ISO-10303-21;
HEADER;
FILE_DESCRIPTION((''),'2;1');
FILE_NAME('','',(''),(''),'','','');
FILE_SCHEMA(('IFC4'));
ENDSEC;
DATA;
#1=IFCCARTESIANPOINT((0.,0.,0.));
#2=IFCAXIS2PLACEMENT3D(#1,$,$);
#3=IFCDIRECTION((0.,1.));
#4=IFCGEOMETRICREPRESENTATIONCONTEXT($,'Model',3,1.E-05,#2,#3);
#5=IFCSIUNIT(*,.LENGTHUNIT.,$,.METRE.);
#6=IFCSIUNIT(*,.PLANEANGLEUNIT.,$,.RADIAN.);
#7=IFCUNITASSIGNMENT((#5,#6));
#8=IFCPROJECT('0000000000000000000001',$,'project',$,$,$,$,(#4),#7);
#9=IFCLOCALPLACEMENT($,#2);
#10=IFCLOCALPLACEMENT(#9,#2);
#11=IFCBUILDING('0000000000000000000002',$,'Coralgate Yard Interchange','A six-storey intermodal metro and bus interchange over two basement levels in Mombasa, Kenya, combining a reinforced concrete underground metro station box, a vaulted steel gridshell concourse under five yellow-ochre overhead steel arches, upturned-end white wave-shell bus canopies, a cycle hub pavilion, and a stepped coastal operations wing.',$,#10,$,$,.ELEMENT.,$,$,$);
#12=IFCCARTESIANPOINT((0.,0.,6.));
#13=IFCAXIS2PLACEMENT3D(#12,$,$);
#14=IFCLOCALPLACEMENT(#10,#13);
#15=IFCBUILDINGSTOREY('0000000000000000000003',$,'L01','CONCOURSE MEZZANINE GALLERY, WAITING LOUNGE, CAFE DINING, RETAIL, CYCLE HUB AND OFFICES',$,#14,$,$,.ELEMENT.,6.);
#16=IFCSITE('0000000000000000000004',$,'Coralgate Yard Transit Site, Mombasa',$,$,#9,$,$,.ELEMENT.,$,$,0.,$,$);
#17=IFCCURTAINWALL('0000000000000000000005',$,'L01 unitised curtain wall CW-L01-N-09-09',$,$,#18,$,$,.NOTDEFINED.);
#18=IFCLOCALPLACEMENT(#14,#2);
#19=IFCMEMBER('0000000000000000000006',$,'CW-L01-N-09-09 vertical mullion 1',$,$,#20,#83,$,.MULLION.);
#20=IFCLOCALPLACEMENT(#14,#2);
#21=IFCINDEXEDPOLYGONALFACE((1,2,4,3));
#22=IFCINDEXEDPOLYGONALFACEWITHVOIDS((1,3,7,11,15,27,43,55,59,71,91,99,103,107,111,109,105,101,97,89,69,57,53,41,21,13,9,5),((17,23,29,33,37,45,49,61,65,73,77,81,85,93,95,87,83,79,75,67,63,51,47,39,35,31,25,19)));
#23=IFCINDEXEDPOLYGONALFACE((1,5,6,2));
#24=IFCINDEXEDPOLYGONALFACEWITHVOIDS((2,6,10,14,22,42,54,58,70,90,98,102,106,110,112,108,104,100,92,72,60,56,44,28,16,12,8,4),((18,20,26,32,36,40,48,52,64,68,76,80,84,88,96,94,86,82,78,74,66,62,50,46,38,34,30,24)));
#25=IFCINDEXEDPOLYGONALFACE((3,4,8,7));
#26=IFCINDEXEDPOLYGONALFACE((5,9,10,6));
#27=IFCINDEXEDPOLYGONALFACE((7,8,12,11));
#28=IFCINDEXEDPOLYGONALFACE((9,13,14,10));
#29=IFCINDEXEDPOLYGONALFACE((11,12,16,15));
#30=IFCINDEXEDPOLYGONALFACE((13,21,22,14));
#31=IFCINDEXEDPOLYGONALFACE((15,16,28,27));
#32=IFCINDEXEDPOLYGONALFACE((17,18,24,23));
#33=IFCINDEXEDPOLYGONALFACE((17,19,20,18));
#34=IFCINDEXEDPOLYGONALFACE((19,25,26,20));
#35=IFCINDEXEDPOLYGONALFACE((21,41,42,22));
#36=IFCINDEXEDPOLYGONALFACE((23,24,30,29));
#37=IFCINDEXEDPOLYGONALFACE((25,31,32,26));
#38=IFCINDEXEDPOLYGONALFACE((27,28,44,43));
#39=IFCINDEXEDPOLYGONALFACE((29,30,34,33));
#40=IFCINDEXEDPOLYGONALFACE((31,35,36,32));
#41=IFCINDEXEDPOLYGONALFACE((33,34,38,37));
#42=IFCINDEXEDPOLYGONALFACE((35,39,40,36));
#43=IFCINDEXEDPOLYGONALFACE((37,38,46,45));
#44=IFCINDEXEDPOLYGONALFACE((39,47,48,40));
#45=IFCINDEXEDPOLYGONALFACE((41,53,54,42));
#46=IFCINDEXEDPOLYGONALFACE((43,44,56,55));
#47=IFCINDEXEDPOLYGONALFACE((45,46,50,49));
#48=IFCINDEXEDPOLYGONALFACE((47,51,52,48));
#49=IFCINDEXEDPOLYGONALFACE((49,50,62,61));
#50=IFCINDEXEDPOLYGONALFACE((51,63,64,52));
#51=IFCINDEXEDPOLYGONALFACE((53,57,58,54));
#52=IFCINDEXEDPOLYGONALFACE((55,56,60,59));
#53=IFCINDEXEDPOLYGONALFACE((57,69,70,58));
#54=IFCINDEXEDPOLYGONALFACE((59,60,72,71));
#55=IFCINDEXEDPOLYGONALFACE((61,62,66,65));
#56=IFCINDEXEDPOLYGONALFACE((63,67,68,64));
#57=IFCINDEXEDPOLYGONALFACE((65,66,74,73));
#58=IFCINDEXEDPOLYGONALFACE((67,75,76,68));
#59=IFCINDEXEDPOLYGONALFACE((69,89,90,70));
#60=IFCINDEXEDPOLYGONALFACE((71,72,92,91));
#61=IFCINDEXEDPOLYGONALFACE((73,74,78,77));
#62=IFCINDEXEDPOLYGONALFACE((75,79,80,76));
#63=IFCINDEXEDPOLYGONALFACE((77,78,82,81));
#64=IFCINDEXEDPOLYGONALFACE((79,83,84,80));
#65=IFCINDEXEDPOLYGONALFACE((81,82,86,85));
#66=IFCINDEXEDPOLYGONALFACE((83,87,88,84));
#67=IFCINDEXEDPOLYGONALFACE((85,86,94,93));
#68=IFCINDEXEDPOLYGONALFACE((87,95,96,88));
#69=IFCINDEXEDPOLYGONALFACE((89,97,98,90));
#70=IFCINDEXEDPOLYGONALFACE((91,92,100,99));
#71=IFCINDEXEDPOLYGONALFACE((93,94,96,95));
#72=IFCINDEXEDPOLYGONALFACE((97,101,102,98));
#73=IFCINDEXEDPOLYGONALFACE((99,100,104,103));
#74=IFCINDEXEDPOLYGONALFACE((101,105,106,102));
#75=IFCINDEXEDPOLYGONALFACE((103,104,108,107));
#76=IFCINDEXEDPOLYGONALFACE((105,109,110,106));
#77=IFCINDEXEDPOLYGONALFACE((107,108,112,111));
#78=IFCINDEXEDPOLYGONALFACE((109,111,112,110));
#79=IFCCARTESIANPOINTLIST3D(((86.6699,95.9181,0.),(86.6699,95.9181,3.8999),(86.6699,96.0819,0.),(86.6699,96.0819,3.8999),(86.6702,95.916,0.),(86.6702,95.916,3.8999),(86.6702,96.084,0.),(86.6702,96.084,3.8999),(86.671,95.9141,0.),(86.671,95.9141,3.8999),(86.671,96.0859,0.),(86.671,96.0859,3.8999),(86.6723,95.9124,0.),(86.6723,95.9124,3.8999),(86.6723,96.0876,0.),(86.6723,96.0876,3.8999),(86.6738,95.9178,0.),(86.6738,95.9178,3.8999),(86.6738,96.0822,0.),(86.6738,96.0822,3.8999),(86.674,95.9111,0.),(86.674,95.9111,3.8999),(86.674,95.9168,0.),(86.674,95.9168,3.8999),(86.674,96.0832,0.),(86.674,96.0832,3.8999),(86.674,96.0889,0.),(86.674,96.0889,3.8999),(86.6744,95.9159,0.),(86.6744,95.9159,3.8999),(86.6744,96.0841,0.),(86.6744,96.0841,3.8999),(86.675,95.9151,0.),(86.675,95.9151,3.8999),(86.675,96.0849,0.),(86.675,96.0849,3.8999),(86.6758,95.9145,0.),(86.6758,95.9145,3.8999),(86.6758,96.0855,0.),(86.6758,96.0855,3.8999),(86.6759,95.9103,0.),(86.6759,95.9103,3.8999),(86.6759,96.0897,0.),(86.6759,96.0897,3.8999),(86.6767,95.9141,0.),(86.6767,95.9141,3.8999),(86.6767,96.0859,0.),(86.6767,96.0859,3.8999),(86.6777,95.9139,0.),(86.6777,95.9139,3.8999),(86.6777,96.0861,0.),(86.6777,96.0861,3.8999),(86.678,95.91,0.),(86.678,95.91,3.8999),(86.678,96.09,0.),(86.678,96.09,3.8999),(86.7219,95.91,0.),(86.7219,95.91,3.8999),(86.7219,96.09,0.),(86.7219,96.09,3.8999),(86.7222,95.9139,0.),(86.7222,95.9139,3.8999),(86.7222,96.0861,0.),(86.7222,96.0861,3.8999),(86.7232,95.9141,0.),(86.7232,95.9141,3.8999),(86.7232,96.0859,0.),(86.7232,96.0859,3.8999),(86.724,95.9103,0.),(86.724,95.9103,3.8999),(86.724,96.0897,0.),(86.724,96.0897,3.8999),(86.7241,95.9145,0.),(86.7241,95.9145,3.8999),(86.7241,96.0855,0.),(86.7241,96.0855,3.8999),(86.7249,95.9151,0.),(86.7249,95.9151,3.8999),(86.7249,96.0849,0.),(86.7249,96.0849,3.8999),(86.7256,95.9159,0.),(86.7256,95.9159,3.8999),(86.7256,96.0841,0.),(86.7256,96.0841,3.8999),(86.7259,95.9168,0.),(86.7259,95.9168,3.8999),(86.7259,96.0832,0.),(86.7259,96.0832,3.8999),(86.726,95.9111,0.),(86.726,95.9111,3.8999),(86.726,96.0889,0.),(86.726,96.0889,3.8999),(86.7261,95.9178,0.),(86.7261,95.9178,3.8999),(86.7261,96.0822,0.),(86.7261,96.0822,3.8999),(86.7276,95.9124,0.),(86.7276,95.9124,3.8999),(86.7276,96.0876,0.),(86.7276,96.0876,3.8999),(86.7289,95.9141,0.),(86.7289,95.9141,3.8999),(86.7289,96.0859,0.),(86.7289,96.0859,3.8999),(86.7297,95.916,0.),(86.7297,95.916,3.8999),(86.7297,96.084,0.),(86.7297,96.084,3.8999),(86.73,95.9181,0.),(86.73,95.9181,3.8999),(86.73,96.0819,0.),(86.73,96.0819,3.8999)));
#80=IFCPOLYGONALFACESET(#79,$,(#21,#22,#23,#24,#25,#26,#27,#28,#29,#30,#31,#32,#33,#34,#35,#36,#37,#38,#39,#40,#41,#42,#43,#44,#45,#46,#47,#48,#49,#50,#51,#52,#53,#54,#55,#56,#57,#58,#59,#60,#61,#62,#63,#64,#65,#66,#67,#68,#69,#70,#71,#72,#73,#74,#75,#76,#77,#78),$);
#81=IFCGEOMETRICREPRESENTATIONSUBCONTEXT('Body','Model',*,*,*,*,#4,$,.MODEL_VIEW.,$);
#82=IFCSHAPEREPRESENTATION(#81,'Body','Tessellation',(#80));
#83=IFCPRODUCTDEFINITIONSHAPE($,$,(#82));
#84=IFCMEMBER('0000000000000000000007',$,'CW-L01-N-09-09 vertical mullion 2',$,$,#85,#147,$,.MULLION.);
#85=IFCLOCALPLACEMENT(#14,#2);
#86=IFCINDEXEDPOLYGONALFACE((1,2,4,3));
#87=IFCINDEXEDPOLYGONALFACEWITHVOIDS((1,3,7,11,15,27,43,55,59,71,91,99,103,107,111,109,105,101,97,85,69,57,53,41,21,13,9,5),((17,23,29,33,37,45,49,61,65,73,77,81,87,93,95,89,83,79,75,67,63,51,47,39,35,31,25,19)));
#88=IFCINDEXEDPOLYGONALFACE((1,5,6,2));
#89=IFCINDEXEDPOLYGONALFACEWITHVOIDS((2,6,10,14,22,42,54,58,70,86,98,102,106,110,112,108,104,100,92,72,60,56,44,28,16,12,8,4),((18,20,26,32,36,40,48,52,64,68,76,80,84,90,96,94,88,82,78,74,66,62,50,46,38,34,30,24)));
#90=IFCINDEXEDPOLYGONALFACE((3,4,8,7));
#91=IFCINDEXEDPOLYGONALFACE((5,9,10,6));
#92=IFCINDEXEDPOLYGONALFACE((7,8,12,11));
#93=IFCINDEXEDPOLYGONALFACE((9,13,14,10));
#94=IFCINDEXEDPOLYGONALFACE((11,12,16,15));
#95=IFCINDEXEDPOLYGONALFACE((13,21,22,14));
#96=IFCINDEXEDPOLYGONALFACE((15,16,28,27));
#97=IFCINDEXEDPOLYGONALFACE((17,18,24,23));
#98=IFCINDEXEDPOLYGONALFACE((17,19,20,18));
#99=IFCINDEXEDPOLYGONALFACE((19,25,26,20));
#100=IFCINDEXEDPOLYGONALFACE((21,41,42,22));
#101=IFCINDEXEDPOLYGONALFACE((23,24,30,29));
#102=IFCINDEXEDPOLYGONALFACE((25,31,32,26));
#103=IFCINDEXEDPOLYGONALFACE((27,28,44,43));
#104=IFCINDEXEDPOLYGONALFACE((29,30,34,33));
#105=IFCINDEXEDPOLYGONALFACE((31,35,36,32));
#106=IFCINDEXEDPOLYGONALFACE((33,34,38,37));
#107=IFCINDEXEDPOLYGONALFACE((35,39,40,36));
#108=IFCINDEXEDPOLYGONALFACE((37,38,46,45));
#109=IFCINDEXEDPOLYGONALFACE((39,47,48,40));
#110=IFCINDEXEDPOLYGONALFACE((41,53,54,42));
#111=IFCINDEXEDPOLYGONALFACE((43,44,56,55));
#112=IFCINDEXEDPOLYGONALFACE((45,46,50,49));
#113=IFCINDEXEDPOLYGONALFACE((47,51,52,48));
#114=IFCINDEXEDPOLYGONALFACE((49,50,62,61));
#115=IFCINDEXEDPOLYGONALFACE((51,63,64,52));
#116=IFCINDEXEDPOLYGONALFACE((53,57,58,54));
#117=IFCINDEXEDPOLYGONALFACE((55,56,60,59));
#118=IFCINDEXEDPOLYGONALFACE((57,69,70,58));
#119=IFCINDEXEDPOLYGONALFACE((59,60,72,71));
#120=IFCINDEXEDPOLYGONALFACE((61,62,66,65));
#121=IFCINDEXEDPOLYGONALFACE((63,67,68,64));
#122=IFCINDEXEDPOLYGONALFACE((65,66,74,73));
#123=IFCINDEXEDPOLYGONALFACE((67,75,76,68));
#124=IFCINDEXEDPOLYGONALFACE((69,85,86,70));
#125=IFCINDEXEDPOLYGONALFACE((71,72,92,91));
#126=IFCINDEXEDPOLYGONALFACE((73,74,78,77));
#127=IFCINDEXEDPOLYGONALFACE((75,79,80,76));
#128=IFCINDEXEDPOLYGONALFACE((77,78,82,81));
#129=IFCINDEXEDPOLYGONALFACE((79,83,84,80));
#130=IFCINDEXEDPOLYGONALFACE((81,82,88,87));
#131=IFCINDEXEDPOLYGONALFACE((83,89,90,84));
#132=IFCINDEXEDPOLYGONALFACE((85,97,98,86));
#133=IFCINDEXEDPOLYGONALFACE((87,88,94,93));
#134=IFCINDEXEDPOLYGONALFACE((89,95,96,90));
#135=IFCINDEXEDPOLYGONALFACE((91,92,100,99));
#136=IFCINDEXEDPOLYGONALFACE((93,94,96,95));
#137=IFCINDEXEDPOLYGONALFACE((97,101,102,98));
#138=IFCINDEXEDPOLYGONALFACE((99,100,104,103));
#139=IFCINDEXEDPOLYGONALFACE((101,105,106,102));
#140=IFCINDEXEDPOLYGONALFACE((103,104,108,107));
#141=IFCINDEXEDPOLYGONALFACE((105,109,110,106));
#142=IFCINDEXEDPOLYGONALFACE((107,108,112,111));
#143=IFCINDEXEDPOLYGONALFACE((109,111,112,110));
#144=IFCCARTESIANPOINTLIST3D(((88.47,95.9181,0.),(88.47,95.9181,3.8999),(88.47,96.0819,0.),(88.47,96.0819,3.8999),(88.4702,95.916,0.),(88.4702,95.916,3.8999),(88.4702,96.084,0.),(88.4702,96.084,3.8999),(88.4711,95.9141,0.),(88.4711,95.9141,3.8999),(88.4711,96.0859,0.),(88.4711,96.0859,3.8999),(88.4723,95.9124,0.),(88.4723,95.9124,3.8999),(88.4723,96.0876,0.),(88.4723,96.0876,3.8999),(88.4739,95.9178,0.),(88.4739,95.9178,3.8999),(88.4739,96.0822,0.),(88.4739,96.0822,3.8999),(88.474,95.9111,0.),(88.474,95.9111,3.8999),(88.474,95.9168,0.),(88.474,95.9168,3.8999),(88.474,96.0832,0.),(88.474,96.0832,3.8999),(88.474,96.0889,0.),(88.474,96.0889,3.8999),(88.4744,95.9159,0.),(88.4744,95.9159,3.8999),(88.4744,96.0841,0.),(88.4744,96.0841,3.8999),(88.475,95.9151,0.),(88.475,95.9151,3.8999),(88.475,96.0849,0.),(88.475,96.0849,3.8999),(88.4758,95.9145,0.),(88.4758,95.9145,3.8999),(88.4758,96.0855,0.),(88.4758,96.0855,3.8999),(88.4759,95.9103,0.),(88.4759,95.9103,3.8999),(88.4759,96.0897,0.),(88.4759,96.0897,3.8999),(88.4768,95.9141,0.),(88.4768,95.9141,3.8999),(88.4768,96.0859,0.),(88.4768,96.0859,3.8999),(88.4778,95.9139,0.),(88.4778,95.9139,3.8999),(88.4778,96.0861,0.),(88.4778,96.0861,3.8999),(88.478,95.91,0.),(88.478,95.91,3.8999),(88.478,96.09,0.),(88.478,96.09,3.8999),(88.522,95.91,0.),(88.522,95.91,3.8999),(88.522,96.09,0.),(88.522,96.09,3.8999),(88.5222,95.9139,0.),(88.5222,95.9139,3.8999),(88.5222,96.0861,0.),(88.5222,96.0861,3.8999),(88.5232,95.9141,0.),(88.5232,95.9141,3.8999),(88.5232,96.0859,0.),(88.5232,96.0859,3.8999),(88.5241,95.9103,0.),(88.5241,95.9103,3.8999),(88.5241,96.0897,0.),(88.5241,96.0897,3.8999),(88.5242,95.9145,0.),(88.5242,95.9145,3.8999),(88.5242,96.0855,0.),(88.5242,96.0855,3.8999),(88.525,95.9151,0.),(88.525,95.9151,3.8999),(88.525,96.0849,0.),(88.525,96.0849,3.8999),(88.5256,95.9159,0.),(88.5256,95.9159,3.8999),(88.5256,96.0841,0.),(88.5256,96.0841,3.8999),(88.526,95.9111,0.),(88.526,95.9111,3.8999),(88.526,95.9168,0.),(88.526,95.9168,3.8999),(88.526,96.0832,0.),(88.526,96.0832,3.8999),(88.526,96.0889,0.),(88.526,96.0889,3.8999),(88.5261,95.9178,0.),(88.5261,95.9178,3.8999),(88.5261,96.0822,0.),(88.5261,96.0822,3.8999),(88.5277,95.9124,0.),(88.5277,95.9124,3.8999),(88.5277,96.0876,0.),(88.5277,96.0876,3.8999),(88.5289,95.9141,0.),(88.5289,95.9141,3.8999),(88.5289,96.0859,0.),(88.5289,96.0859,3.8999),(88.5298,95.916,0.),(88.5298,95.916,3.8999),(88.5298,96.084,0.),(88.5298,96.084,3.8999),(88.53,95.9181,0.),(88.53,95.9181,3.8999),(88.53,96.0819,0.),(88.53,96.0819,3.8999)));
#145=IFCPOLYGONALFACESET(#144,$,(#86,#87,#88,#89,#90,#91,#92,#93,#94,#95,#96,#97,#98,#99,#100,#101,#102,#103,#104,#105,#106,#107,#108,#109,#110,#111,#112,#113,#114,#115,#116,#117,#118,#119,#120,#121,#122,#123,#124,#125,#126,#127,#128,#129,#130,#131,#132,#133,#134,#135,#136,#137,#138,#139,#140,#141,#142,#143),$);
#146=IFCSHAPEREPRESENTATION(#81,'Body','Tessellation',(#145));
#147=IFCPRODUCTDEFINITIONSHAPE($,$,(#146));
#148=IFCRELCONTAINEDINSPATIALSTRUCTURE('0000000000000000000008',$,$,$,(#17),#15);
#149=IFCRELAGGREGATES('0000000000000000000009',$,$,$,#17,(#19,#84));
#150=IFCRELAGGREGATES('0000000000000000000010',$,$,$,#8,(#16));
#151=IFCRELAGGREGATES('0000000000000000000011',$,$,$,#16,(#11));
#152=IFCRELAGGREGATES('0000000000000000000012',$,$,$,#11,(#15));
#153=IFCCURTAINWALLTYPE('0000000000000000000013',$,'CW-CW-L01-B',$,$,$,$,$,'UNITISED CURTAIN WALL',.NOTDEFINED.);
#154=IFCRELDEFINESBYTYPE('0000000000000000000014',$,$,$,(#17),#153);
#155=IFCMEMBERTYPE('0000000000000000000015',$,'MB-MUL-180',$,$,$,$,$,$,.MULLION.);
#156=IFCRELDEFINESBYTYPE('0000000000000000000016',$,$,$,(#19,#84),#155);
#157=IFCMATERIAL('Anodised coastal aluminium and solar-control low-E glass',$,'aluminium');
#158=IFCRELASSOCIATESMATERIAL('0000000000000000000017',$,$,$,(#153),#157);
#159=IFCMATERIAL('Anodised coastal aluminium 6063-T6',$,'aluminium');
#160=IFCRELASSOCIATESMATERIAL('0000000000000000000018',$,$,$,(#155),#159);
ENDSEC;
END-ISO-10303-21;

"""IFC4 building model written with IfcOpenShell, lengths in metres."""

from ifc_helpers import new_model, si_unit, direction, frame, origin, origin_2d, place, context, subcontext, project, spatial, hollow_rectangle, extrude, material, material_profile, profile_set, type_object, element, aggregate, save


model = new_model("IFC4")

# Units and contexts
model_context = context("Model", 3, precision=1e-05, world=origin(), true_north=direction((0.0, 1.0)))
body_context = subcontext(model_context, "Body", "Model", "MODEL_VIEW")
ifc_project = project(units=[si_unit("LENGTHUNIT", "METRE"), si_unit("PLANEANGLEUNIT", "RADIAN")], contexts=[model_context])

# Site, building, storey
site_placement = place(None, origin())
site = spatial("IfcSite", under=ifc_project, at=site_placement, Name="Coralgate Yard Transit Site, Mombasa", CompositionType="ELEMENT", RefElevation=0.0)
building_placement = place(site_placement, origin())
building = spatial("IfcBuilding", under=site, at=building_placement, Name="Coralgate Yard Interchange", Description="A six-storey intermodal metro and bus interchange over two basement levels in Mombasa, Kenya, combining a reinforced concrete underground metro station box, a vaulted steel gridshell concourse under five yellow-ochre overhead steel arches, upturned-end white wave-shell bus canopies, a cycle hub pavilion, and a stepped coastal operations wing.", CompositionType="ELEMENT")
storey_placement = place(building_placement, frame((0.0, 0.0, 6.0)))
storey = spatial("IfcBuildingStorey", under=building, at=storey_placement, Name="L01", Description="CONCOURSE MEZZANINE GALLERY, WAITING LOUNGE, CAFE DINING, RETAIL, CYCLE HUB AND OFFICES", CompositionType="ELEMENT", Elevation=6.0)

# Curtain wall, members
ifc_material_1 = material(Name="Anodised coastal aluminium and solar-control low-E glass", Category="aluminium")
curtain_wall_type = type_object("IfcCurtainWallType", Name="CW-CW-L01-B", ElementType="UNITISED CURTAIN WALL", PredefinedType="NOTDEFINED", material=ifc_material_1)
curtain_wall_placement = place(storey_placement, origin())
curtain_wall = element("IfcCurtainWall", 1, at=curtain_wall_placement, inside=storey, type_object=curtain_wall_type, Name="L01 unitised curtain wall CW-L01-N-09-09", PredefinedType="NOTDEFINED")
ifc_material_2 = material(Name="Anodised coastal aluminium 6063-T6", Category="aluminium")
ifc_material_profile_1 = material_profile(ifc_material_2, hollow_rectangle(XDim=0.0601, YDim=0.1799, WallThickness=0.0039, InnerFilletRadius=0.0039, OuterFilletRadius=0.0081, at=origin_2d()), Name="ALU 60x180x4")
ifc_profile_set_1 = profile_set([ifc_material_profile_1], Name="Anodised coastal aluminium 6063-T6")
member_type_1 = type_object("IfcMemberType", Name="MB-MUL-180", PredefinedType="MULLION", material=ifc_profile_set_1)
member_1_placement = place(storey_placement, frame((86.7, 96.0, 0.0), z_axis=(0.0, 0.0, 1.0), x_axis=(1.0, 0.0, 0.0)))
member_1 = element("IfcMember", 2, at=member_1_placement, type_object=member_type_1, Name="CW-L01-N-09-09 vertical mullion 1", PredefinedType="MULLION", context=body_context, shape_type="SweptSolid", body=[
    extrude(hollow_rectangle(XDim=0.0601, YDim=0.1799, WallThickness=0.0039, InnerFilletRadius=0.0039, OuterFilletRadius=0.0081, at=origin_2d()), origin(), (0.0, 0.0, 1.0), 3.8999),
])
member_2_placement = place(storey_placement, frame((88.5, 96.0, 0.0), z_axis=(0.0, 0.0, 1.0), x_axis=(1.0, 0.0, 0.0)))
member_2 = element("IfcMember", 3, at=member_2_placement, type_object=member_type_1, Name="CW-L01-N-09-09 vertical mullion 2", PredefinedType="MULLION", context=body_context, shape_type="SweptSolid", body=[
    extrude(hollow_rectangle(XDim=0.0601, YDim=0.1799, WallThickness=0.0039, InnerFilletRadius=0.0039, OuterFilletRadius=0.0081, at=origin_2d()), origin(), (0.0, 0.0, 1.0), 3.8999),
])

aggregate(curtain_wall, [member_1, member_2])

save(model, "model.ifc")
